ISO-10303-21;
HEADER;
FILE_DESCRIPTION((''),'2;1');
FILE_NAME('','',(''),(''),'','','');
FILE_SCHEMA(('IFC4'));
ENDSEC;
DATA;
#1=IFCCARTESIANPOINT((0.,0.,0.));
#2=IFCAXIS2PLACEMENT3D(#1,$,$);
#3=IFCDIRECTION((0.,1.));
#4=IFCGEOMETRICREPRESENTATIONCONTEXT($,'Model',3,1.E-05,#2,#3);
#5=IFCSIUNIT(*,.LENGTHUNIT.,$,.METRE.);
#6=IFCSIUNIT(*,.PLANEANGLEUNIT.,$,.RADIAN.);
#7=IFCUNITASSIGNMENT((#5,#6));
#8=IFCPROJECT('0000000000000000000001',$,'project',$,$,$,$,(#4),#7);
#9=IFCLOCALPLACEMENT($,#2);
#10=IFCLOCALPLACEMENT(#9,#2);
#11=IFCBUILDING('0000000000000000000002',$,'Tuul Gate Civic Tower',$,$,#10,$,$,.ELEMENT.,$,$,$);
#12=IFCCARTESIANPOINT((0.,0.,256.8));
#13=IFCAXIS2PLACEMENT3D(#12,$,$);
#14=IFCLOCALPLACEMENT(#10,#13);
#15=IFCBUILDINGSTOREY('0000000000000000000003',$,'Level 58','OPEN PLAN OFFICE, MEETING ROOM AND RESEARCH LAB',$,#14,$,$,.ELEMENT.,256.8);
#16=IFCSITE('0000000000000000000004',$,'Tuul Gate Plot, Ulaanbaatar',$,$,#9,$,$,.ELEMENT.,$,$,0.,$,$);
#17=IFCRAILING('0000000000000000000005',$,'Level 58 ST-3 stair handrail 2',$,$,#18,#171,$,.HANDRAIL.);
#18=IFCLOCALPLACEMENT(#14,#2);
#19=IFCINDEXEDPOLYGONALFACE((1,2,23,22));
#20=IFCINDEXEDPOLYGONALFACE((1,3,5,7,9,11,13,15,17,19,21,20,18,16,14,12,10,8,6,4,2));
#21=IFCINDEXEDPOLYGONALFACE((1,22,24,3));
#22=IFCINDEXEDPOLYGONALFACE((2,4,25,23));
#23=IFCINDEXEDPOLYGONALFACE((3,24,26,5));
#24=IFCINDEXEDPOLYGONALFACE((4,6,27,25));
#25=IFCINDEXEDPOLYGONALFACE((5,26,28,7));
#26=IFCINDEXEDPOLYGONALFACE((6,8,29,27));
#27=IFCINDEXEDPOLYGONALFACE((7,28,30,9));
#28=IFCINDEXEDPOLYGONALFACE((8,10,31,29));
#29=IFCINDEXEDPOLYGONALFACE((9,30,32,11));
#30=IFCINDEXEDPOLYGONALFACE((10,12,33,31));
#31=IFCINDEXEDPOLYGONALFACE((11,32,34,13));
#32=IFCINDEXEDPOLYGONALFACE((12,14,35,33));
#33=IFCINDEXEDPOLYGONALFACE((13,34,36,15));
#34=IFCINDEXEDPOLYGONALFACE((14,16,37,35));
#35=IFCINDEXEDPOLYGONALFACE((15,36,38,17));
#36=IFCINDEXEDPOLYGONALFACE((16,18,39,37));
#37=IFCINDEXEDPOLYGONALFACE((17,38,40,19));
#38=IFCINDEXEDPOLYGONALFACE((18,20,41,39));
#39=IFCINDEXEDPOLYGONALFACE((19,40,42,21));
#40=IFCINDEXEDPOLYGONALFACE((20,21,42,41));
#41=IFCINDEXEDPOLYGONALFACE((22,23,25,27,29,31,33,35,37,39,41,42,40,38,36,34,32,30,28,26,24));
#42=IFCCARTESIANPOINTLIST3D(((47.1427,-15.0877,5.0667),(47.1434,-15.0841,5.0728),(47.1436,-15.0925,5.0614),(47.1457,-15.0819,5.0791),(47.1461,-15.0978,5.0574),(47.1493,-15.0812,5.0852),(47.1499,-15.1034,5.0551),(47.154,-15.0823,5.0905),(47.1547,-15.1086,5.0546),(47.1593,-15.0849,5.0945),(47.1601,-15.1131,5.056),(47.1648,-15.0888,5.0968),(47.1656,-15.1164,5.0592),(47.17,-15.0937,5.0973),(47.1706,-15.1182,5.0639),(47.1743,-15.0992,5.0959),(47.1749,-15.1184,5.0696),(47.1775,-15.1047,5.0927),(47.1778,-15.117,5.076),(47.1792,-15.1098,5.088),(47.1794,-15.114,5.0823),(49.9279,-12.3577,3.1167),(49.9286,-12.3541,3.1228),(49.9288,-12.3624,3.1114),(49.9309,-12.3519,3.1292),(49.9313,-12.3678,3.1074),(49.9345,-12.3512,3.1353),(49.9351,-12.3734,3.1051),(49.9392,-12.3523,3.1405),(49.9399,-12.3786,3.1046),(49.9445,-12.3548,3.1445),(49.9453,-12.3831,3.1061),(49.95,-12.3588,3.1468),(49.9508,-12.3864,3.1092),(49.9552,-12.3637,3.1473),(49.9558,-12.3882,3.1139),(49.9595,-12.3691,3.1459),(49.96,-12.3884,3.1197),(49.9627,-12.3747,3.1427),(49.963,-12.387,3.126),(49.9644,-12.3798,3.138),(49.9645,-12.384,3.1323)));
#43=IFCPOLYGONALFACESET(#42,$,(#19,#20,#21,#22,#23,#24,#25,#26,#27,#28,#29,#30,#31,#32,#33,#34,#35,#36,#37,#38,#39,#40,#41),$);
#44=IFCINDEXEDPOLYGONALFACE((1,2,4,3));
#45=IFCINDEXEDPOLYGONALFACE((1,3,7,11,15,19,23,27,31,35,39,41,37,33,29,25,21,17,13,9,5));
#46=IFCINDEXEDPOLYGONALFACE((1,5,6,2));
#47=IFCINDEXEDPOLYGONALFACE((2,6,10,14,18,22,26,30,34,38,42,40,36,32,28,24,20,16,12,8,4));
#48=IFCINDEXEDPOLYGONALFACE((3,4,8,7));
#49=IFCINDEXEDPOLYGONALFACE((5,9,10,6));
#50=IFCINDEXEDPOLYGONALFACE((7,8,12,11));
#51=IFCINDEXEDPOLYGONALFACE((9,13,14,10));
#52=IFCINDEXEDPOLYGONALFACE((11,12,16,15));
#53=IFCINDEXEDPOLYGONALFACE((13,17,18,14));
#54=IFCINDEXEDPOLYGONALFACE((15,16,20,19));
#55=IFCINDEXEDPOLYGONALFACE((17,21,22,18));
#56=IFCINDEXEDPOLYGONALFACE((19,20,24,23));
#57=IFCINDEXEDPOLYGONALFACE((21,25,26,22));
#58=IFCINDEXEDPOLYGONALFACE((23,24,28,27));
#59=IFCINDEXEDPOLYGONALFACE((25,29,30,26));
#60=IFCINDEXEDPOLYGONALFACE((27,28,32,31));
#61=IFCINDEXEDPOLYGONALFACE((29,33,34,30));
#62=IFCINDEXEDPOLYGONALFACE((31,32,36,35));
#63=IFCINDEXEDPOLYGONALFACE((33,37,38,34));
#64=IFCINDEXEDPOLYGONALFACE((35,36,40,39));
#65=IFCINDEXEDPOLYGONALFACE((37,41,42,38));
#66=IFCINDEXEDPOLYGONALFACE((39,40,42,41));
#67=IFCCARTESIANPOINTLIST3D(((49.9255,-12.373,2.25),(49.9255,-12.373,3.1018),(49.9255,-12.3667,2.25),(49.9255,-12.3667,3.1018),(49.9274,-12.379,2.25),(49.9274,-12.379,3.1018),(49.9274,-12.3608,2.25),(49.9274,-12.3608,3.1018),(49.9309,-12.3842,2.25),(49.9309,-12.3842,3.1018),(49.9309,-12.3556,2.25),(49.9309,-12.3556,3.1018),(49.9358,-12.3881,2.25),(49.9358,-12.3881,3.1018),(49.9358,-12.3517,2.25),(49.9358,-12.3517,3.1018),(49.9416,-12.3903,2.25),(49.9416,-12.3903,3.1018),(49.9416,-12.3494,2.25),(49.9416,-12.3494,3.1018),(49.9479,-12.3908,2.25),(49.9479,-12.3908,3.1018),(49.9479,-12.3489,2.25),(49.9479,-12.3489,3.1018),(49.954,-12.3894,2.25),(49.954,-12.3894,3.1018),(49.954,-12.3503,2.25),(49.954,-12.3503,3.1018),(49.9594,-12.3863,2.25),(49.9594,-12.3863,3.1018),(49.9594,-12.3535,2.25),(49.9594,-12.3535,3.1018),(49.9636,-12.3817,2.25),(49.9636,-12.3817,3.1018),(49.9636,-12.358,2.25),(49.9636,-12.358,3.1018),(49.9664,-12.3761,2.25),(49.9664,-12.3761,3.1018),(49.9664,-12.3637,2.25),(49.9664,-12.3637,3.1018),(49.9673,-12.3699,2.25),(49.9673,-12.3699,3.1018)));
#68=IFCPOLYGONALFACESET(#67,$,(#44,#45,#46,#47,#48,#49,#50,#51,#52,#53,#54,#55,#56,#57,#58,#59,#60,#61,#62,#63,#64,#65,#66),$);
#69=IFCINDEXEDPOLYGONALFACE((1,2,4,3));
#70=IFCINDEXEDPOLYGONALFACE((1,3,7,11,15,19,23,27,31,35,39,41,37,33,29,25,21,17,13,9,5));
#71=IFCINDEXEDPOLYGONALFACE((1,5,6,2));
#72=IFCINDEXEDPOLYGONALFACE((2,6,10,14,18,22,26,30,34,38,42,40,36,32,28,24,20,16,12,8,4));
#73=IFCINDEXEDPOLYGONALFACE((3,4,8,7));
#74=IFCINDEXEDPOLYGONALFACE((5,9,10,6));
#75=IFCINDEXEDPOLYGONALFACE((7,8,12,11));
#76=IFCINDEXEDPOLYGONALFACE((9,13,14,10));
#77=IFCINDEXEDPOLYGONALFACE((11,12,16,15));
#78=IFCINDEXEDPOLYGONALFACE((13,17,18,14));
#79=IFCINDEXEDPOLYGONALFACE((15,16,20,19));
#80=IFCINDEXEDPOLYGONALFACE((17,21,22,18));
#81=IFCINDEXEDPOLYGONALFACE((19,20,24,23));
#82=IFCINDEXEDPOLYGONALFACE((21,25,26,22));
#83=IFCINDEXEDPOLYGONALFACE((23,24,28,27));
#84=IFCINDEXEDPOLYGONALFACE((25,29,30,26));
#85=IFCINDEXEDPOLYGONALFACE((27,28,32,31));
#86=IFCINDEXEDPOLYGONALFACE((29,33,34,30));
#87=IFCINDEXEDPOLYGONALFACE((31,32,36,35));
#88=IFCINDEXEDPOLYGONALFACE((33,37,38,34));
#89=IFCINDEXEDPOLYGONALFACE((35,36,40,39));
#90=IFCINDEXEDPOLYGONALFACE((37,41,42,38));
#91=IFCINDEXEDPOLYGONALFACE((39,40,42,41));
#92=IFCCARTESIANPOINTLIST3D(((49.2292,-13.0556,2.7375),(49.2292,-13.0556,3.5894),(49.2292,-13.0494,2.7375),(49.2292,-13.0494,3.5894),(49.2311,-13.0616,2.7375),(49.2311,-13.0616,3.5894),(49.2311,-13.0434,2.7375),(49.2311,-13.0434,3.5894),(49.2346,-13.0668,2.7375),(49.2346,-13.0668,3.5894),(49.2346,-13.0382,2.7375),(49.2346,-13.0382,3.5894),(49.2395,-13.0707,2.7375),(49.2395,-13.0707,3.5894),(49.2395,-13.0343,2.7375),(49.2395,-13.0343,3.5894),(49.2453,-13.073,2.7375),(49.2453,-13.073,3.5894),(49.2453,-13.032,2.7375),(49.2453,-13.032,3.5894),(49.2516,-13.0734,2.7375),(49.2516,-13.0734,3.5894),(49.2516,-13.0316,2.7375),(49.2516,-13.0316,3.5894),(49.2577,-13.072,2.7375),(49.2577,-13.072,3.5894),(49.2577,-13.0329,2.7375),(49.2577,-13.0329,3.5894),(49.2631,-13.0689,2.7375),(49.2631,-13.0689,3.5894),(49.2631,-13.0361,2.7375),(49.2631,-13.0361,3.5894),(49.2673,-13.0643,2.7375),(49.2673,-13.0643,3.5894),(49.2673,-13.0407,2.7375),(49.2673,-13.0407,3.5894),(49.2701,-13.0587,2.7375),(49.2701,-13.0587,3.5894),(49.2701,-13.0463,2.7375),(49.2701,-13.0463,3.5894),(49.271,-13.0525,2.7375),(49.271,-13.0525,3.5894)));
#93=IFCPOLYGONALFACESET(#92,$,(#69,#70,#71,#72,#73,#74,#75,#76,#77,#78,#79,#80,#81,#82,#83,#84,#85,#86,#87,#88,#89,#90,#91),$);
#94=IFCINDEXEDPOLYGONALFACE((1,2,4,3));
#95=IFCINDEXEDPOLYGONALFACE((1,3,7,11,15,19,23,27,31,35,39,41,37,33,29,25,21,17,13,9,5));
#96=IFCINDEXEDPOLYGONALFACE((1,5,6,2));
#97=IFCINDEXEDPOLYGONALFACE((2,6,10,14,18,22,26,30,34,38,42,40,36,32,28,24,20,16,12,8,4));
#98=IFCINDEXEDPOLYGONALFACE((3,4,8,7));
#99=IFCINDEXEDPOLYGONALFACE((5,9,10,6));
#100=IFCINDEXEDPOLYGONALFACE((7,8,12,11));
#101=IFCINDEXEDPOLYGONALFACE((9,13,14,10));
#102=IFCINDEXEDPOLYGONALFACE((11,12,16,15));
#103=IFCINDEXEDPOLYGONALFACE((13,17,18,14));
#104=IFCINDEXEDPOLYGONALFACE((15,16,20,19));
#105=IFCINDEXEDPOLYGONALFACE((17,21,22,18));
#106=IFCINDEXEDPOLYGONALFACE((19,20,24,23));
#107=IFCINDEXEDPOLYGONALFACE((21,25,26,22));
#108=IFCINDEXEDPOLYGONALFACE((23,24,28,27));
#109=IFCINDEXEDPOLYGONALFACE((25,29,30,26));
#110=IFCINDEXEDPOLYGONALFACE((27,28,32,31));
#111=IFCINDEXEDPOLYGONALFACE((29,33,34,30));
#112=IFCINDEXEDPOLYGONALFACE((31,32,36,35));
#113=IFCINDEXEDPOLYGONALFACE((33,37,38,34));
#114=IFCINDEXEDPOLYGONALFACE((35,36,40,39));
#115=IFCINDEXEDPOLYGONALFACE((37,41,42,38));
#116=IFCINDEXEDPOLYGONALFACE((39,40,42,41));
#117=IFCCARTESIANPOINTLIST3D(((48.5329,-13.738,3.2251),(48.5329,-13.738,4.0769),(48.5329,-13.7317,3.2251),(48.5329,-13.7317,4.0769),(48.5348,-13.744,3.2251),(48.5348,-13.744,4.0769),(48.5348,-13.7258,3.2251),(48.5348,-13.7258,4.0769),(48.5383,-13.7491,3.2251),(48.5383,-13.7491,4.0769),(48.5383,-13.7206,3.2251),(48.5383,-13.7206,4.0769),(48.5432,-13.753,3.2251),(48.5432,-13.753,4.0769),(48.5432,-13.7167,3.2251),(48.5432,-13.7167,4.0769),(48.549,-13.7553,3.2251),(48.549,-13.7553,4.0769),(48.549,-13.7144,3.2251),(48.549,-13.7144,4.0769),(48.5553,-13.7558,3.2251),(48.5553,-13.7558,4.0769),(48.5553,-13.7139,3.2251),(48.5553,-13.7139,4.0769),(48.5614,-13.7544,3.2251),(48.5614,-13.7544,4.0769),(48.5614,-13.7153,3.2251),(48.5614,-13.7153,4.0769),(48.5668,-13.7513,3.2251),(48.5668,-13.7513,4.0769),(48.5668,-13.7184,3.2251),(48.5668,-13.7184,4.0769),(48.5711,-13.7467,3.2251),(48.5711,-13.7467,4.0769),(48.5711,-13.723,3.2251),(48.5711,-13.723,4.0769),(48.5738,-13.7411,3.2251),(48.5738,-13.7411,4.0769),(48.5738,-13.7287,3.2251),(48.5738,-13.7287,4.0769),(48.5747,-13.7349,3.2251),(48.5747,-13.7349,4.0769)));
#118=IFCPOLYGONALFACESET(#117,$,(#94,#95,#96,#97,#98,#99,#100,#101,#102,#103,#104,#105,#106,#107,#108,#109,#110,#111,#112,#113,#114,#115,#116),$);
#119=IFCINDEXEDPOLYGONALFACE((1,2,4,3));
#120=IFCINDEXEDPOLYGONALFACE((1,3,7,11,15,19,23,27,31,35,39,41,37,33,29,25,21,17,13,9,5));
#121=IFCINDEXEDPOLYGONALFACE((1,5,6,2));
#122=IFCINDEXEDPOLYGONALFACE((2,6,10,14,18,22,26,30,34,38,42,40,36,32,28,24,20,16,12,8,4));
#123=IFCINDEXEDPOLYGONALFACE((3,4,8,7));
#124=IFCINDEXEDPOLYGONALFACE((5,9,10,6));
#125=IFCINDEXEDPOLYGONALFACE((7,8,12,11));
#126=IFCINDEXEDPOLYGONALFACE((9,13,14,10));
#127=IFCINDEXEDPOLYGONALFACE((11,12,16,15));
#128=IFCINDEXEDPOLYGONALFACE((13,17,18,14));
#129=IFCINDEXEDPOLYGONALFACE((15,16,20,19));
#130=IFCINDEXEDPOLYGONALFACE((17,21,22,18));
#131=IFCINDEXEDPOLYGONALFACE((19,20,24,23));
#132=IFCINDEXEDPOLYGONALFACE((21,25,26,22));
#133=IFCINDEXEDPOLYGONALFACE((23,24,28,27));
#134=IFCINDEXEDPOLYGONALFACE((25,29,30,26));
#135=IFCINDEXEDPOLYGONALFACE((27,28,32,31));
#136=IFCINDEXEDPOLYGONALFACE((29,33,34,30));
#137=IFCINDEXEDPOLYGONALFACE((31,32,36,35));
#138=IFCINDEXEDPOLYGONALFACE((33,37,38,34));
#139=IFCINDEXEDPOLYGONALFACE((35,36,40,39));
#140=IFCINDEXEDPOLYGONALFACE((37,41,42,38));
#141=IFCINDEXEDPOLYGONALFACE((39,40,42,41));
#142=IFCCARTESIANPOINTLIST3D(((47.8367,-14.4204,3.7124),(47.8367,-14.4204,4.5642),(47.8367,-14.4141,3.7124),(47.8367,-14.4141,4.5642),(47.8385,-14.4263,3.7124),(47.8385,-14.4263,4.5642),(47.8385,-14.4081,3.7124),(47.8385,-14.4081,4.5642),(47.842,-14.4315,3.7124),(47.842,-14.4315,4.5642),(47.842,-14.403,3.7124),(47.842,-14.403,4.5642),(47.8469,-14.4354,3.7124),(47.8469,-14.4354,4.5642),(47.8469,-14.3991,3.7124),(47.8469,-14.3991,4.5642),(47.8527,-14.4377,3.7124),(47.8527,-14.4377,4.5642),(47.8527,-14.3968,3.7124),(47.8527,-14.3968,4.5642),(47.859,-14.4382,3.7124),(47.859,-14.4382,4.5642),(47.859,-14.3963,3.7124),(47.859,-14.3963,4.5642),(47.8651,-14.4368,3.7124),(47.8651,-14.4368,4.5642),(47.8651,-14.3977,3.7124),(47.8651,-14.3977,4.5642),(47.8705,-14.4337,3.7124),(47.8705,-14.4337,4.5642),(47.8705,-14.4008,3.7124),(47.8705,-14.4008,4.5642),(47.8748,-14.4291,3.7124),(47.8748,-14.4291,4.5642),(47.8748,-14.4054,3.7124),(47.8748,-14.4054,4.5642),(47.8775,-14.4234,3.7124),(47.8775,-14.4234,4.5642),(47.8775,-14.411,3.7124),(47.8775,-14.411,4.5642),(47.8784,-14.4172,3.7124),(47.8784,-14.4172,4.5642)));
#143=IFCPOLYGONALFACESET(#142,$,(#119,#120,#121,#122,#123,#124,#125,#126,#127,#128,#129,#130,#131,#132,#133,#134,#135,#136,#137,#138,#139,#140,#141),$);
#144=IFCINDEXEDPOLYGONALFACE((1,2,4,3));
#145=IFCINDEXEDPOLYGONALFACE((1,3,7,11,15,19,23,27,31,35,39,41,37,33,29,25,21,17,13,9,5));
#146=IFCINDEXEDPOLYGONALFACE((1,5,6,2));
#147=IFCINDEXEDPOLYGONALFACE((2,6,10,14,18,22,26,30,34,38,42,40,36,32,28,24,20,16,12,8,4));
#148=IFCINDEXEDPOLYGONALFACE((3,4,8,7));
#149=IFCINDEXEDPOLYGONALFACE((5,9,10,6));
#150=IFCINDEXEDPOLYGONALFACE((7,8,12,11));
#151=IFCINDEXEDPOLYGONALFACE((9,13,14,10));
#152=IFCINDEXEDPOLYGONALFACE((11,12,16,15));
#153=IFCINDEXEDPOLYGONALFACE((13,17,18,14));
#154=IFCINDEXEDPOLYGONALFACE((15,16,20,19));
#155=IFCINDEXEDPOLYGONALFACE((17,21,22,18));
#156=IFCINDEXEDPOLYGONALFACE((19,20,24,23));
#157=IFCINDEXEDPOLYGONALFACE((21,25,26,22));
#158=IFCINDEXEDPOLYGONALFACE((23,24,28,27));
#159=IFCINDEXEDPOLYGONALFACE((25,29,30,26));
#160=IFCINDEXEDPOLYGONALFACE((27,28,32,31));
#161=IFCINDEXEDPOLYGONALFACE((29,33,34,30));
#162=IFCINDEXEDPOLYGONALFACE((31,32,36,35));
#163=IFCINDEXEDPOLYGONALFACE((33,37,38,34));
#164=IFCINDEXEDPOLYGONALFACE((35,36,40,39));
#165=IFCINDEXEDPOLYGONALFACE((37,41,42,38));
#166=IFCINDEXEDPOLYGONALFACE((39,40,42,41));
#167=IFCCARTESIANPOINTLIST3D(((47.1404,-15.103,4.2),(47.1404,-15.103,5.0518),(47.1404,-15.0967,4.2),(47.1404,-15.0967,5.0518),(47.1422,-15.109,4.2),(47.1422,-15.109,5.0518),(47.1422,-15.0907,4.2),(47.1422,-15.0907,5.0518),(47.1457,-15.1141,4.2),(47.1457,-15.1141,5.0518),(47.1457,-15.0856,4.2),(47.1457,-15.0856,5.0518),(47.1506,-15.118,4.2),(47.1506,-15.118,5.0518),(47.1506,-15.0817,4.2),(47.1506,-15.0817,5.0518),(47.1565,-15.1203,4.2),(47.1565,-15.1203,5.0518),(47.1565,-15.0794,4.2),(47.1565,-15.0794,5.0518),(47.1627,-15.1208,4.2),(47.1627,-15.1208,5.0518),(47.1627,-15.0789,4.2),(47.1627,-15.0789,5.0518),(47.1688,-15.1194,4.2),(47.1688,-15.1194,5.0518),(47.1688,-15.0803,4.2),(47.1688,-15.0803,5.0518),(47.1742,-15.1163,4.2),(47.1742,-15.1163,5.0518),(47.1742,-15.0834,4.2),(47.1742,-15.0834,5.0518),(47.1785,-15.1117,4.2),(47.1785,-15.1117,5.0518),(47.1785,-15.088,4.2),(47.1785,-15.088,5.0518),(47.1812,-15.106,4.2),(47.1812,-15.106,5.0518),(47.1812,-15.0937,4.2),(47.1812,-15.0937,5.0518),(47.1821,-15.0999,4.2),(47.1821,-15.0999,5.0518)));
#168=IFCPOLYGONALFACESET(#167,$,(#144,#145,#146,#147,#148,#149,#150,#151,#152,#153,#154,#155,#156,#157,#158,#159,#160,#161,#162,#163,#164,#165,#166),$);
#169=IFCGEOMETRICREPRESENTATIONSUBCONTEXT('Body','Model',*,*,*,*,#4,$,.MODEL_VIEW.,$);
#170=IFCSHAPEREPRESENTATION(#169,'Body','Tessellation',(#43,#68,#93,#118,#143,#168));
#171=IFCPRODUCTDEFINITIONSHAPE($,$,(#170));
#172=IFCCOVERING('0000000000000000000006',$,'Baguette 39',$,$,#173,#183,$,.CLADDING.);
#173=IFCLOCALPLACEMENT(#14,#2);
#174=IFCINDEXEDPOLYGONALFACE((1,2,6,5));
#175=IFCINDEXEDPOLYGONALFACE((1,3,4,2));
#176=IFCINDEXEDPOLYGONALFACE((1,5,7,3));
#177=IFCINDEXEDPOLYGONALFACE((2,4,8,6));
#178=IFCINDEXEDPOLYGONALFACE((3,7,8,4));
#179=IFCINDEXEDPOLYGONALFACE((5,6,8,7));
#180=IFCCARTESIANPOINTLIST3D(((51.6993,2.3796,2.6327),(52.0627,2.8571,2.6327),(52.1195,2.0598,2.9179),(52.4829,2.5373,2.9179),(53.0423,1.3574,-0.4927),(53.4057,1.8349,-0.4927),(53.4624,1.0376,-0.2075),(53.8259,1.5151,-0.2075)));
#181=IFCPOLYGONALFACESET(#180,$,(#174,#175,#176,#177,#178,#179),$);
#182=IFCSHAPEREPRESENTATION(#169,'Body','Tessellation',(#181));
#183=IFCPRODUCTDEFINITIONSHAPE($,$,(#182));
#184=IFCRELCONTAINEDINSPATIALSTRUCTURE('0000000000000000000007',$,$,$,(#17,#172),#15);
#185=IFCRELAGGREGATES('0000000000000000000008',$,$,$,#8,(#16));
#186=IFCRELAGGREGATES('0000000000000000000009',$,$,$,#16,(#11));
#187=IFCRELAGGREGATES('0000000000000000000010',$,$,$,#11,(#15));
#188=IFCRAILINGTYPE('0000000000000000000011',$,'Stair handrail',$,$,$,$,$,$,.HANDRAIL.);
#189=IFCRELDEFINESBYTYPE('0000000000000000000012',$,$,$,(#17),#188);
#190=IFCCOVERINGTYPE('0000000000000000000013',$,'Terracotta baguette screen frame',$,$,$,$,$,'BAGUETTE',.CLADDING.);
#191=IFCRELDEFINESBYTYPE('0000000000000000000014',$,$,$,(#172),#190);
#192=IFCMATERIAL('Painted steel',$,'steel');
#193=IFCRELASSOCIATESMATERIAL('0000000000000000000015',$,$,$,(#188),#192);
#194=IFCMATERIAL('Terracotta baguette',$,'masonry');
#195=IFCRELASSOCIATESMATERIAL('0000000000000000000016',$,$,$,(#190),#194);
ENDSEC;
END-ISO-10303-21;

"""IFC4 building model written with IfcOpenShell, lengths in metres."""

from ifc_helpers import new_model, si_unit, direction, frame, origin, origin_2d, place, context, subcontext, project, spatial, rectangle, circle, extrude, material, material_profile, profile_set, type_object, element, save


model = new_model("IFC4")

# Units and contexts
model_context = context("Model", 3, precision=1e-05, world=origin(), true_north=direction((0.0, 1.0)))
body_context = subcontext(model_context, "Body", "Model", "MODEL_VIEW")
ifc_project = project(units=[si_unit("LENGTHUNIT", "METRE"), si_unit("PLANEANGLEUNIT", "RADIAN")], contexts=[model_context])

# Site, building, storey
site_placement = place(None, origin())
site = spatial("IfcSite", under=ifc_project, at=site_placement, Name="Tuul Gate Plot, Ulaanbaatar", CompositionType="ELEMENT", RefElevation=0.0)
building_placement = place(site_placement, origin())
building = spatial("IfcBuilding", under=site, at=building_placement, Name="Tuul Gate Civic Tower", CompositionType="ELEMENT")
storey_placement = place(building_placement, frame((0.0, 0.0, 256.8)))
storey = spatial("IfcBuildingStorey", under=building, at=storey_placement, Name="Level 58", Description="OPEN PLAN OFFICE, MEETING ROOM AND RESEARCH LAB", CompositionType="ELEMENT", Elevation=256.8)

# Railing
ifc_material_1 = material(Name="Painted steel", Category="steel")
railing_type = type_object("IfcRailingType", Name="Stair handrail", PredefinedType="HANDRAIL", material=ifc_material_1)
railing_placement = place(storey_placement, frame((49.9463, -12.3699, 2.25)))
element("IfcRailing", 1, at=railing_placement, inside=storey, type_object=railing_type, Name="Level 58 ST-3 stair handrail 2", PredefinedType="HANDRAIL", context=body_context, shape_type="SweptSolid", body=[
    extrude(circle(Radius=0.0239, at=origin_2d()), frame((0.0, 0.0, 0.876), z_axis=(-0.638754, -0.6261, 0.447206), x_axis=(0.699998, -0.714145, 0.0)), (0.0, 0.0, 1.0), 4.3604),
    extrude(circle(Radius=0.021, at=origin_2d()), origin(), (0.0, 0.0, 1.0), 0.8518),
    extrude(circle(Radius=0.021, at=origin_2d()), frame((-0.6963, -0.6826, 0.4875)), (0.0, 0.0, 1.0), 0.8518),
    extrude(circle(Radius=0.021, at=origin_2d()), frame((-1.3926, -1.365, 0.9751)), (0.0, 0.0, 1.0), 0.8518),
    extrude(circle(Radius=0.021, at=origin_2d()), frame((-2.0889, -2.0474, 1.4624)), (0.0, 0.0, 1.0), 0.8518),
    extrude(circle(Radius=0.021, at=origin_2d()), frame((-2.7852, -2.73, 1.95)), (0.0, 0.0, 1.0), 0.8518),
])

# Covering
ifc_material_2 = material(Name="Terracotta baguette", Category="masonry")
ifc_material_profile_1 = material_profile(ifc_material_2, rectangle(XDim=0.6001, YDim=0.6001, at=origin_2d()), Name="Terracotta baguette screen frame")
ifc_profile_set_1 = profile_set([ifc_material_profile_1], Name="Terracotta baguette")
covering_type = type_object("IfcCoveringType", Name="Terracotta baguette screen frame", ElementType="BAGUETTE", PredefinedType="CLADDING", material=ifc_profile_set_1)
covering_placement = place(storey_placement, frame((53.4341, 1.4363, -0.3501), z_axis=(-0.378093, 0.287779, 0.879903), x_axis=(-0.605655, -0.795727, 0.0)))
element("IfcCovering", 2, at=covering_placement, inside=storey, type_object=covering_type, Name="Baguette 39", PredefinedType="CLADDING", context=body_context, shape_type="SweptSolid", body=[
    extrude(rectangle(XDim=0.6001, YDim=0.6001, at=origin_2d()), origin(), (0.0, 0.0, 1.0), 3.552),
])

save(model, "model.ifc")
